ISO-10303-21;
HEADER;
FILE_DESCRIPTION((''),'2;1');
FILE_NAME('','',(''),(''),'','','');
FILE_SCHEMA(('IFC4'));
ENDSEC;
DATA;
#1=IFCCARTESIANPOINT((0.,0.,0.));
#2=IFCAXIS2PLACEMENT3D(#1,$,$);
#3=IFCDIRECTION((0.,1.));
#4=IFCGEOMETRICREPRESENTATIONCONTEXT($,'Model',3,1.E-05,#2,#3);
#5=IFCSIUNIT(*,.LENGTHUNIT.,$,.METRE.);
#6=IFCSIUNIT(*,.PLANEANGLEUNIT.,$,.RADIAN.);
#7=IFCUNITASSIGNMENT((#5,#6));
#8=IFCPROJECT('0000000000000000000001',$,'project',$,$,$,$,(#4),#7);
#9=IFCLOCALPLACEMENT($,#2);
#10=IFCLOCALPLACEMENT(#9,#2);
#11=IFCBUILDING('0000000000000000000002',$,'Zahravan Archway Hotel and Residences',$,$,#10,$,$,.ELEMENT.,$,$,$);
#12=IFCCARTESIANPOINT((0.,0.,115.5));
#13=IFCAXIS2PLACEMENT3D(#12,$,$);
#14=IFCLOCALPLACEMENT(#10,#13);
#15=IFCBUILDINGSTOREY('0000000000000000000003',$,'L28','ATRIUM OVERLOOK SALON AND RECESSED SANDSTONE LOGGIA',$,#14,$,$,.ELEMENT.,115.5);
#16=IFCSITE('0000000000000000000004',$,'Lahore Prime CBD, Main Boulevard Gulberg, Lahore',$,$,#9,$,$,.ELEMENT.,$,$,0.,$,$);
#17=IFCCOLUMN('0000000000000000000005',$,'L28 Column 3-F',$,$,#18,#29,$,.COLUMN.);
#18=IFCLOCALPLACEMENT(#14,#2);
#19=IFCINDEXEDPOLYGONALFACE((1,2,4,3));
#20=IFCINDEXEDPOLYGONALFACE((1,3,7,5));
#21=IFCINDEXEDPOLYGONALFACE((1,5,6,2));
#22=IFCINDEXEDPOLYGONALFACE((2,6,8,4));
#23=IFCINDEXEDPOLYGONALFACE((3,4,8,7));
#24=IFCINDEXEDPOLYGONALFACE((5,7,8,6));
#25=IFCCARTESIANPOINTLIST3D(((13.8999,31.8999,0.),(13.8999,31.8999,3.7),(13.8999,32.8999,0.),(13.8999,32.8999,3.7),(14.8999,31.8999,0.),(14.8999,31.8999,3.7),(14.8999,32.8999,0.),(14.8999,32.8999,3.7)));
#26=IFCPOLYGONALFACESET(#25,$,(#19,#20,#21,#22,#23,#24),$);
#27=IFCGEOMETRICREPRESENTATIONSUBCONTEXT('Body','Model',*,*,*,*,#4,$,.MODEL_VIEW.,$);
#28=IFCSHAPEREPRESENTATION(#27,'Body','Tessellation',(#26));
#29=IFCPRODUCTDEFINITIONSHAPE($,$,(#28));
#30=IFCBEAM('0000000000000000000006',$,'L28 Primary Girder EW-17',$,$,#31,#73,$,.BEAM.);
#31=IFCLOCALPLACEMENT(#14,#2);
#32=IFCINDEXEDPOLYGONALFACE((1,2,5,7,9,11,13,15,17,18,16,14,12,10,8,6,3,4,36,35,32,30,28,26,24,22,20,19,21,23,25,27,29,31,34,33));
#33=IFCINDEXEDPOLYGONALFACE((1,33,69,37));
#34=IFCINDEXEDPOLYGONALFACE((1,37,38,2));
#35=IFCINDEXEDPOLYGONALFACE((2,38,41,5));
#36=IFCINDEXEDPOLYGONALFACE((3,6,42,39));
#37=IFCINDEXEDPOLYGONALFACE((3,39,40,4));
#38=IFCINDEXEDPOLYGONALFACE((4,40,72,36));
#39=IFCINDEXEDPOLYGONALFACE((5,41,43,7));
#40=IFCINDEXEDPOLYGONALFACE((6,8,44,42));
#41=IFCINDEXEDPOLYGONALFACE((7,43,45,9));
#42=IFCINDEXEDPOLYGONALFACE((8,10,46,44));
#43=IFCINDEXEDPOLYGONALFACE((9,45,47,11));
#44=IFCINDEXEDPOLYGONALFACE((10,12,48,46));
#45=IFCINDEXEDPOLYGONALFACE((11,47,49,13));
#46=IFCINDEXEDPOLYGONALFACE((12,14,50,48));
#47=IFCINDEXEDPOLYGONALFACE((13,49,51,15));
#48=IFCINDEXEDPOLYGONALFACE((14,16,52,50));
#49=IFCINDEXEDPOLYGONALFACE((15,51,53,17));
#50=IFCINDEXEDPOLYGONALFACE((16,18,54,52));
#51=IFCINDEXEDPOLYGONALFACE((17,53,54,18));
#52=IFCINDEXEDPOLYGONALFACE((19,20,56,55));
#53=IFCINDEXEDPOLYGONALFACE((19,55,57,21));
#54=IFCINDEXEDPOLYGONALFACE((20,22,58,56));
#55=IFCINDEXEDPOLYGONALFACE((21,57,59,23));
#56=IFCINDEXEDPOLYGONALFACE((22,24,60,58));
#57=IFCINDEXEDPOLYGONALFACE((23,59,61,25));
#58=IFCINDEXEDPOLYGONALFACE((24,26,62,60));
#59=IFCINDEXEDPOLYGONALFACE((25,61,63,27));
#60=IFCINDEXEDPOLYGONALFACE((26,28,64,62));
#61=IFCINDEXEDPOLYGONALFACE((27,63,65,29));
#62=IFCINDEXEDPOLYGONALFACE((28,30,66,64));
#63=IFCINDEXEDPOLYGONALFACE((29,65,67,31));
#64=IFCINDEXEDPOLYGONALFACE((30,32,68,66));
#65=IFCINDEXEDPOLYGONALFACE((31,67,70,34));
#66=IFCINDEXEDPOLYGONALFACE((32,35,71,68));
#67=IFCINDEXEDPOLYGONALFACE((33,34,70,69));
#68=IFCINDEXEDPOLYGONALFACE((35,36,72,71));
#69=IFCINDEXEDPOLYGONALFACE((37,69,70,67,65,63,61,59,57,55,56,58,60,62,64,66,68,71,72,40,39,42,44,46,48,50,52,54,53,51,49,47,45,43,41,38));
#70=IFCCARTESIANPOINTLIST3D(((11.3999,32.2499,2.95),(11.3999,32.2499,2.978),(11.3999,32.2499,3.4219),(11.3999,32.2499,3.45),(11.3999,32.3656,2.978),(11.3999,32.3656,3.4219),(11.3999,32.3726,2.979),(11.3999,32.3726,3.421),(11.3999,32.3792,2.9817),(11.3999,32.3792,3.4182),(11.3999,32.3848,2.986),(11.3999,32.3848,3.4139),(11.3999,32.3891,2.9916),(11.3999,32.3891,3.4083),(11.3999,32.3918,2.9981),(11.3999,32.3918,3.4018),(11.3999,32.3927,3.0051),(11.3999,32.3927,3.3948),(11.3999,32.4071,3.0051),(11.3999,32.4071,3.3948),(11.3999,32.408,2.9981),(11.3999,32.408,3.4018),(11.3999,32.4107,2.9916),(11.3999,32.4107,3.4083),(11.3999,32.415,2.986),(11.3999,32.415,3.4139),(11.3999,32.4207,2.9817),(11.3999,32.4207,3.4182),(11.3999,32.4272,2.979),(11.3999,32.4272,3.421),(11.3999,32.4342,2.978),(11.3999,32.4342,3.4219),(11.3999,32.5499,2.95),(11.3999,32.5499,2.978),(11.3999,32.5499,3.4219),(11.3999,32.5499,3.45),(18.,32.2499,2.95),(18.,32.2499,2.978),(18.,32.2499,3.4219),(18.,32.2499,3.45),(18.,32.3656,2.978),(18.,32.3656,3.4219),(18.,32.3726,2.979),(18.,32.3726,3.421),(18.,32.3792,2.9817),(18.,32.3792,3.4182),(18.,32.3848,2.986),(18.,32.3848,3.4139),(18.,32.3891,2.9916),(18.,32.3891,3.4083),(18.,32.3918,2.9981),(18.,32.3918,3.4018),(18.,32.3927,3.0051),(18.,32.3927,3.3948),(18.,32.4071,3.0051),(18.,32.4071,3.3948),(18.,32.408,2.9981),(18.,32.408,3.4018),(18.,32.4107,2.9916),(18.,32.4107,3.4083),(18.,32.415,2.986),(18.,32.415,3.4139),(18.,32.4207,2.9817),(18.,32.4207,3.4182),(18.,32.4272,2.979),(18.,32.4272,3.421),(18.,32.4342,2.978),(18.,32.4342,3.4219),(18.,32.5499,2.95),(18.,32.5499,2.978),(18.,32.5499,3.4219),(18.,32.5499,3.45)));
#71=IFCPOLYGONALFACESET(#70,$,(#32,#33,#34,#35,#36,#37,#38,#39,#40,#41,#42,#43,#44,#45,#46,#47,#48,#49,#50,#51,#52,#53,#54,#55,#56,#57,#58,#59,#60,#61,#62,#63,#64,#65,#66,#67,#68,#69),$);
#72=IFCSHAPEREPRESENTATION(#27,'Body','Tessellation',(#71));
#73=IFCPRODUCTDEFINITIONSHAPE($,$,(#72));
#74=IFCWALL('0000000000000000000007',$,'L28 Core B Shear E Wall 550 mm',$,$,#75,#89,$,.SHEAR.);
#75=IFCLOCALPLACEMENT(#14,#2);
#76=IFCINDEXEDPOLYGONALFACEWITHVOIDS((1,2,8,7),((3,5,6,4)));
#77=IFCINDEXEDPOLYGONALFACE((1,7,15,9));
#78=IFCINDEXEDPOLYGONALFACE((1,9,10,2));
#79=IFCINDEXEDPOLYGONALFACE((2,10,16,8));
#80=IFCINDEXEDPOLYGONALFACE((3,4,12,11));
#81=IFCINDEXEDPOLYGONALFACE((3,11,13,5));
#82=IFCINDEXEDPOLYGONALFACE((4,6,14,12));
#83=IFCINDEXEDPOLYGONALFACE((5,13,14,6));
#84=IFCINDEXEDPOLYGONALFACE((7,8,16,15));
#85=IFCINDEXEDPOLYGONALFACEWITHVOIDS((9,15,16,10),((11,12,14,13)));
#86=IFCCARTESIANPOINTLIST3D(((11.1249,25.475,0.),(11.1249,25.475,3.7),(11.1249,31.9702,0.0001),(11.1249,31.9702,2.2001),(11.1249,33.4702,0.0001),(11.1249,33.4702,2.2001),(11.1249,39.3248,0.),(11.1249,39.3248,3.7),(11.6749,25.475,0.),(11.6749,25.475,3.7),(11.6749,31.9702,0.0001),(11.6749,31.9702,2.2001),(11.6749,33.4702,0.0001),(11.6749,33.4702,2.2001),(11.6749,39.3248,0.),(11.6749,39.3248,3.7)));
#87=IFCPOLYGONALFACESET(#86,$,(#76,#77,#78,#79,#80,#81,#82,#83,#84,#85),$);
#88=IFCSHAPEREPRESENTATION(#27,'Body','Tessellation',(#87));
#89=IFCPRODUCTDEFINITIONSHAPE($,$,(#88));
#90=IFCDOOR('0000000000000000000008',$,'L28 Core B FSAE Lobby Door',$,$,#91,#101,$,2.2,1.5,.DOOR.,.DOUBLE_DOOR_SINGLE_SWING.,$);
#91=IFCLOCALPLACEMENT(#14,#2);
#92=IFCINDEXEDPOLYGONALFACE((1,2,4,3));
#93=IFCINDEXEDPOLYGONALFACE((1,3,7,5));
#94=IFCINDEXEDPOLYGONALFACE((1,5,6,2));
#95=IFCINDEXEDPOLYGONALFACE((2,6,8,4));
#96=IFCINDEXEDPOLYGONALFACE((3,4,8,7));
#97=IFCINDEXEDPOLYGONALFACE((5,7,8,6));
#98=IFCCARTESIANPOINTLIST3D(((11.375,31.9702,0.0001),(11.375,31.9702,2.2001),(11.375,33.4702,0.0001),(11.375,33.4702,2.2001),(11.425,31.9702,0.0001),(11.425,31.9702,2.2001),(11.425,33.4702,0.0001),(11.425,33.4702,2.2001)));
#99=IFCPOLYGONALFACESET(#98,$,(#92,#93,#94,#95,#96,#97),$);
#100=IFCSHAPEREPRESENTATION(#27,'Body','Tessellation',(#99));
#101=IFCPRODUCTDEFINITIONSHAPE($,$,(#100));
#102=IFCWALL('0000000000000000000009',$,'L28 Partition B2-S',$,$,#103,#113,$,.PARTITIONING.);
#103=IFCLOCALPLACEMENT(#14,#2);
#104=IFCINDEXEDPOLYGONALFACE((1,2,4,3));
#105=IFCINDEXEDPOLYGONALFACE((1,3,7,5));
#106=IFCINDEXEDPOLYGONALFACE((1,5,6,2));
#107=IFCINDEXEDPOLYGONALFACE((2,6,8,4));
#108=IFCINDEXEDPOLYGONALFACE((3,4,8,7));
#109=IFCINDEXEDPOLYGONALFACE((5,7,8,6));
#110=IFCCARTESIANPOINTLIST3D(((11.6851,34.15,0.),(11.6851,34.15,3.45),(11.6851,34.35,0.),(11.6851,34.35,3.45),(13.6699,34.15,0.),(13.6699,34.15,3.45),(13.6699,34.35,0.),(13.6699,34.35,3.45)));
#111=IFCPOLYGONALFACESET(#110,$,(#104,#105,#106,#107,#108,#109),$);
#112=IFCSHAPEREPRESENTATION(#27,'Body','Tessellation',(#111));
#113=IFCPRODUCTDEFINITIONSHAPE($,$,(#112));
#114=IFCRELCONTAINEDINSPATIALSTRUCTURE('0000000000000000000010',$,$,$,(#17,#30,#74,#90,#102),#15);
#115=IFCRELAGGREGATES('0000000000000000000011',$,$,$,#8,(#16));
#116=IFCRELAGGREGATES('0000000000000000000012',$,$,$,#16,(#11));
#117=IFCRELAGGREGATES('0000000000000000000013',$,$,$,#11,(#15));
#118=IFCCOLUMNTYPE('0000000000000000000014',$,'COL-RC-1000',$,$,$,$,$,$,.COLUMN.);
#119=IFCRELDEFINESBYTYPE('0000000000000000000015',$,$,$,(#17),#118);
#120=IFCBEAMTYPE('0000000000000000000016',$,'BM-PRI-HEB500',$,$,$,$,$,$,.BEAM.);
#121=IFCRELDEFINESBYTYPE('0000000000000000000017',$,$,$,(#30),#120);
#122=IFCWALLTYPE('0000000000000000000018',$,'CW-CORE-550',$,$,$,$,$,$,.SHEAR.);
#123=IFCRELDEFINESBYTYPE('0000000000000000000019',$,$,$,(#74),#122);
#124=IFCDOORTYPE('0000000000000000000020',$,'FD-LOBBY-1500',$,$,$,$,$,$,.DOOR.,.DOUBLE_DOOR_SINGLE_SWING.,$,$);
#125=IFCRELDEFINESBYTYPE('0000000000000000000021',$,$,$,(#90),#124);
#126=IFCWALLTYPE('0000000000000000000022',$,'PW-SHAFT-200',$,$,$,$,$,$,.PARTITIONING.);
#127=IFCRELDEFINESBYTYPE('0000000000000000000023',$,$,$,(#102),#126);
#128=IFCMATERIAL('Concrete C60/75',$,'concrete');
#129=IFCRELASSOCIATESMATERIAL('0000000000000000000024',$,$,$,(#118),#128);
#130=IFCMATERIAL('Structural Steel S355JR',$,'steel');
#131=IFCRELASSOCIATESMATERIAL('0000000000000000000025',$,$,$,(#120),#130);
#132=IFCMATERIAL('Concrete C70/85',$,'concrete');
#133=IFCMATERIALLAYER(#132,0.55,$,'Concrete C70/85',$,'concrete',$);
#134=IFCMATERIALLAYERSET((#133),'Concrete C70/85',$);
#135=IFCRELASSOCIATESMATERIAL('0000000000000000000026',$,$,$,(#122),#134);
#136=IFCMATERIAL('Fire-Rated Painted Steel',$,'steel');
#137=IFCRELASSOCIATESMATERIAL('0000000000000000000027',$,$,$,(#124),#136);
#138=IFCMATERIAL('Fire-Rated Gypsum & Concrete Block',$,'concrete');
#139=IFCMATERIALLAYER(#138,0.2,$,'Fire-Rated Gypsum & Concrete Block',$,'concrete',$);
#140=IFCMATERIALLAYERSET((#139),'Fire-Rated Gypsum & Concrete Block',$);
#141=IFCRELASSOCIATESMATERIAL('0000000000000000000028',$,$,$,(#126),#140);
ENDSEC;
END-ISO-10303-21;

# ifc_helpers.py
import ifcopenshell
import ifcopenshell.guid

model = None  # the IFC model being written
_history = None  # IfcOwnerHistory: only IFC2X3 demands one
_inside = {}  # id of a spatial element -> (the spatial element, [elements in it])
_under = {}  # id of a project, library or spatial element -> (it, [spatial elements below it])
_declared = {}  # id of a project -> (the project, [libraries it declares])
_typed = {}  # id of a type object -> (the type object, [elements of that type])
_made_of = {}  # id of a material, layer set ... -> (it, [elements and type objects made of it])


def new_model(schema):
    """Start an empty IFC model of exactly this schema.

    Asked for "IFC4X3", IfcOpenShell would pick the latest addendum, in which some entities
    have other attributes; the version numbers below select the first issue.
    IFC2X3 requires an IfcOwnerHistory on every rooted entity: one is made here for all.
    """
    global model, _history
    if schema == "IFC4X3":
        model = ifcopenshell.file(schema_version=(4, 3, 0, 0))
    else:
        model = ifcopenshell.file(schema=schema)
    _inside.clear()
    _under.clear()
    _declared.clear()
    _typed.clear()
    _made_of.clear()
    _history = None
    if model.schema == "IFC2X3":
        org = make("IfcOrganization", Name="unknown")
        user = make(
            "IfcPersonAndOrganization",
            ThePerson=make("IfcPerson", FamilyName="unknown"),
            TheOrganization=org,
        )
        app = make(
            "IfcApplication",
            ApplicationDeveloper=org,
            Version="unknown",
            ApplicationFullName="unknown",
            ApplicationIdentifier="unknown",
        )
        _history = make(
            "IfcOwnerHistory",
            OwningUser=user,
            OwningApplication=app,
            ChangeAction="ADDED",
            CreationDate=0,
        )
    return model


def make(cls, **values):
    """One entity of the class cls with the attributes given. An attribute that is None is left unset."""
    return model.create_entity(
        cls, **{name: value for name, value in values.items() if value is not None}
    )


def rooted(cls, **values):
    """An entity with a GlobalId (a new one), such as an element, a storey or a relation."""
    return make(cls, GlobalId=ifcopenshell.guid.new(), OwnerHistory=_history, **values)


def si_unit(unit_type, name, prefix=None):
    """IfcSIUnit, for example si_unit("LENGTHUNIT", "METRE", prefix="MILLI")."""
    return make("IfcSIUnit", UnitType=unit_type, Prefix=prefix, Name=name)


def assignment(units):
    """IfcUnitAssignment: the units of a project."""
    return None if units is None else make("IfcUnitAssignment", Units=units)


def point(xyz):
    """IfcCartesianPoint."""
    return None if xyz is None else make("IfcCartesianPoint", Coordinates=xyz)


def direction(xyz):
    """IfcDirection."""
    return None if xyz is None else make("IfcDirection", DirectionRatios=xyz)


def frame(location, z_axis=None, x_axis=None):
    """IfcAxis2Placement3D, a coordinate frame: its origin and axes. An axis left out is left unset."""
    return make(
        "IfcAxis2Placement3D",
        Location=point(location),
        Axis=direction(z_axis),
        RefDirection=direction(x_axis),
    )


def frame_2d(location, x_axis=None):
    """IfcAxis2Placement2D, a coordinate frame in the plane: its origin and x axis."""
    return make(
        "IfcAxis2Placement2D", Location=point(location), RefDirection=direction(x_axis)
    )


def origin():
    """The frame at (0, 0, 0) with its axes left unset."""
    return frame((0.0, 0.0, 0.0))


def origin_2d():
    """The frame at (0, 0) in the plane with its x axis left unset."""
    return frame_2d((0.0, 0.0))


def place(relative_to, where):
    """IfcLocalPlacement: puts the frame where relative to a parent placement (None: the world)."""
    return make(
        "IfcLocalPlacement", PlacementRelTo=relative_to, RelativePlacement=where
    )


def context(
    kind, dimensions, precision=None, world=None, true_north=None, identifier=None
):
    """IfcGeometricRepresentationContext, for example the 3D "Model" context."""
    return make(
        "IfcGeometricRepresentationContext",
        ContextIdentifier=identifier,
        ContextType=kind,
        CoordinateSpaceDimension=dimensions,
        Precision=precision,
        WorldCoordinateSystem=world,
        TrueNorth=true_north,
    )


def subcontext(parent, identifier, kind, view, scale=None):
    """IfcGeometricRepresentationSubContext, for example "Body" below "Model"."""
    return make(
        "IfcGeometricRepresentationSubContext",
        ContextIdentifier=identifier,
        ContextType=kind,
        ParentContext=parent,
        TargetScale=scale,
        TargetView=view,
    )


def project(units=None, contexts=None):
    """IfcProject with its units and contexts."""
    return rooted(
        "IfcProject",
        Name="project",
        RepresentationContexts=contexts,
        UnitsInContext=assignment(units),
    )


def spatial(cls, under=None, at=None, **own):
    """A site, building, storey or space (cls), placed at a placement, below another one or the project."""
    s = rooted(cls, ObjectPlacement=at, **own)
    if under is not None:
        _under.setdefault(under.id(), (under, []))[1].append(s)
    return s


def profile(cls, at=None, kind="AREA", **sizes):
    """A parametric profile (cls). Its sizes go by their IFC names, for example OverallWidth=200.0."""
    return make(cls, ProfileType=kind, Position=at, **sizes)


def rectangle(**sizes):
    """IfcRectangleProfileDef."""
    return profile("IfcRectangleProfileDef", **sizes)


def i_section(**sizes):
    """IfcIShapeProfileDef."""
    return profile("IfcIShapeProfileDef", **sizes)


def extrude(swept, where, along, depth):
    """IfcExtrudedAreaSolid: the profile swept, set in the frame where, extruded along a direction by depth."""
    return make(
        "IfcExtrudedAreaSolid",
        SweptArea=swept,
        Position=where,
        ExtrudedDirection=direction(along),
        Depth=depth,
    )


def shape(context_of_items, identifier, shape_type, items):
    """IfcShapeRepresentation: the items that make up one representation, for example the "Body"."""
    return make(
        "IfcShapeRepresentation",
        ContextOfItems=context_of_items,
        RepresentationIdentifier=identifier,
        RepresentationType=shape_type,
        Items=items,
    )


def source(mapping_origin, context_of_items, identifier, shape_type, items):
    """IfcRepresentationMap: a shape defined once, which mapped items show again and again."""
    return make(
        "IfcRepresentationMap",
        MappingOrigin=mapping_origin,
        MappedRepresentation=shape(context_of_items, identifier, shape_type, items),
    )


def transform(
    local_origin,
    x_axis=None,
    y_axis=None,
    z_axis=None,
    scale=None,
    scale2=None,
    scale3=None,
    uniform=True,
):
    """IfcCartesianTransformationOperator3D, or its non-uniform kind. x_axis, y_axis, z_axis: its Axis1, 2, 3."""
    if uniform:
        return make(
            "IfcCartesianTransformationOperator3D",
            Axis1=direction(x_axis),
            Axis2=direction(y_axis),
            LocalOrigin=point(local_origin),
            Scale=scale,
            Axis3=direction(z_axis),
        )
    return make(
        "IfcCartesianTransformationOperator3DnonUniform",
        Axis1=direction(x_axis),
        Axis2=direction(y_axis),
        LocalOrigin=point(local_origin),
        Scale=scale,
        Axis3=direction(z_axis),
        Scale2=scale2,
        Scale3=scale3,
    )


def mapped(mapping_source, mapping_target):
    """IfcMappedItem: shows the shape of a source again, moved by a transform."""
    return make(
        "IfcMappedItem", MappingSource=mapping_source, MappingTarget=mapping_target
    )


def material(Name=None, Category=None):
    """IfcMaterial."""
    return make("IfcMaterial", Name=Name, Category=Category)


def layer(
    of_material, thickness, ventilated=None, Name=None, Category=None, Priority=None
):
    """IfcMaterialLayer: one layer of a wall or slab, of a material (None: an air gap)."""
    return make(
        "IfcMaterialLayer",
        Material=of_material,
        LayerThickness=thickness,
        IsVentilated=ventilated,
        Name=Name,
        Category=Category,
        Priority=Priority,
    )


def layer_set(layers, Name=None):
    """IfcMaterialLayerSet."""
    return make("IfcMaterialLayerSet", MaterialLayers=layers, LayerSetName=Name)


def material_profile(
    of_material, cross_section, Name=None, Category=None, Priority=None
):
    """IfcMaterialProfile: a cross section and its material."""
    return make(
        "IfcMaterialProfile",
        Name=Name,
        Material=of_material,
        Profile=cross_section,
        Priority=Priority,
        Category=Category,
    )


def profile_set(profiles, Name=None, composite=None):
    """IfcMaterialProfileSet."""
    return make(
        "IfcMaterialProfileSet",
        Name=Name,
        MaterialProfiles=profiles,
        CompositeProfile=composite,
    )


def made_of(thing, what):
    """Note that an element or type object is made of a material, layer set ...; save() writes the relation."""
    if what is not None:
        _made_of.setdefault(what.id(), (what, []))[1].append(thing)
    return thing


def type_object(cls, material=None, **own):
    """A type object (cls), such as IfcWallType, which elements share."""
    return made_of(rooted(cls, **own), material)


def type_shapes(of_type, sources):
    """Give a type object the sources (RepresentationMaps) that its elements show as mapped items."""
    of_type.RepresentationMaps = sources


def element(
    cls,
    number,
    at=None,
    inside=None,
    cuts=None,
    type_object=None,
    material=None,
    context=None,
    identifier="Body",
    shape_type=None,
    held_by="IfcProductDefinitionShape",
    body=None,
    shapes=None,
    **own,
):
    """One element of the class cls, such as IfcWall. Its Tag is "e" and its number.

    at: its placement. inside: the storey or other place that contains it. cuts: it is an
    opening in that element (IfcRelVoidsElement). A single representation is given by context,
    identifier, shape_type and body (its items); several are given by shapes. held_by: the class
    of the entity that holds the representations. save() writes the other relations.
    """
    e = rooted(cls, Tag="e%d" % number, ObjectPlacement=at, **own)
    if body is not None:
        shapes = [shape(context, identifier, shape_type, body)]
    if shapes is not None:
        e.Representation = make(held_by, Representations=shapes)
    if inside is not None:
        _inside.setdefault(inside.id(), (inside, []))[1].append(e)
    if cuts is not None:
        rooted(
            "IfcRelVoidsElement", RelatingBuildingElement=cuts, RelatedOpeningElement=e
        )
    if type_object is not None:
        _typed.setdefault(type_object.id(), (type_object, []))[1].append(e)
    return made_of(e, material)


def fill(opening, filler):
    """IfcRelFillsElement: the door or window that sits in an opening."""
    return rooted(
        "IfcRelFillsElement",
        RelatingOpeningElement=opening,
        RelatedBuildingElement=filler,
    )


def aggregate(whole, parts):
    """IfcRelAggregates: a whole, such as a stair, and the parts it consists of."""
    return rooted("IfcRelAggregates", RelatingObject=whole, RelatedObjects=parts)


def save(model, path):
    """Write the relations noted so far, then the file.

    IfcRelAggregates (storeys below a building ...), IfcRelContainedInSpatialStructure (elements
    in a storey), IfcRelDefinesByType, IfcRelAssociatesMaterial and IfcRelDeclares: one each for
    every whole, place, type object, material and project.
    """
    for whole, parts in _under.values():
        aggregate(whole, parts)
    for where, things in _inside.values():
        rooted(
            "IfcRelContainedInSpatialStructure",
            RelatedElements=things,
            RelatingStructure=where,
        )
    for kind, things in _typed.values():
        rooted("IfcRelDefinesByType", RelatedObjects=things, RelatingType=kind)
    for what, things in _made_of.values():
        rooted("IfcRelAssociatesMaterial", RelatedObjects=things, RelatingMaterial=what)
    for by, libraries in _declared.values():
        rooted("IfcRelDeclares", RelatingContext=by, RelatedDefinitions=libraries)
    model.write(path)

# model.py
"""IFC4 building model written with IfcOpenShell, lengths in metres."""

from ifc_helpers import new_model, si_unit, direction, frame, frame_2d, origin, origin_2d, place, context, subcontext, project, spatial, rectangle, i_section, extrude, source, transform, mapped, material, layer, layer_set, material_profile, profile_set, type_object, type_shapes, element, fill, save


model = new_model("IFC4")

# Units and contexts
model_context = context("Model", 3, precision=1e-05, world=origin(), true_north=direction((0.0, 1.0)))
body_context = subcontext(model_context, "Body", "Model", "MODEL_VIEW")
ifc_project = project(units=[si_unit("LENGTHUNIT", "METRE"), si_unit("PLANEANGLEUNIT", "RADIAN")], contexts=[model_context])

# Site, building, storey
site_placement = place(None, origin())
site = spatial("IfcSite", under=ifc_project, at=site_placement, Name="Lahore Prime CBD, Main Boulevard Gulberg, Lahore", CompositionType="ELEMENT", RefElevation=0.0)
building_placement = place(site_placement, origin())
building = spatial("IfcBuilding", under=site, at=building_placement, Name="Zahravan Archway Hotel and Residences", CompositionType="ELEMENT")
storey_placement = place(building_placement, frame((0.0, 0.0, 115.5)))
storey = spatial("IfcBuildingStorey", under=building, at=storey_placement, Name="L28", Description="ATRIUM OVERLOOK SALON AND RECESSED SANDSTONE LOGGIA", CompositionType="ELEMENT", Elevation=115.5)

# Column
ifc_material_1 = material(Name="Concrete C60/75", Category="concrete")
ifc_material_profile_1 = material_profile(ifc_material_1, rectangle(XDim=1.0, YDim=1.0, at=origin_2d()), Name="RC-COL-1000x1000", Category="concrete")
ifc_profile_set_1 = profile_set([ifc_material_profile_1], Name="Concrete C60/75")
column_type = type_object("IfcColumnType", Name="COL-RC-1000", PredefinedType="COLUMN", material=ifc_profile_set_1)
shared_shape_1 = source(origin(), body_context, "Body", "SweptSolid", [
    extrude(rectangle(XDim=1.0, YDim=1.0, at=origin_2d()), origin(), (0.0, 0.0, 1.0), 3.7),
])
type_shapes(column_type, [shared_shape_1])
column_placement = place(storey_placement, frame((14.3999, 32.3999, 0.0), z_axis=(0.0, 0.0, 1.0), x_axis=(1.0, 0.0, 0.0)))
element("IfcColumn", 1, at=column_placement, inside=storey, type_object=column_type, Name="L28 Column 3-F", PredefinedType="COLUMN", context=body_context, shape_type="MappedRepresentation", body=[
    mapped(shared_shape_1, transform((0.0, 0.0, 0.0), scale=1.0)),
])

# Beam
ifc_material_2 = material(Name="Structural Steel S355JR", Category="steel")
ifc_material_profile_2 = material_profile(ifc_material_2, i_section(OverallWidth=0.3, OverallDepth=0.5, WebThickness=0.0144, FlangeThickness=0.0281, FilletRadius=0.0271, at=origin_2d()), Name="HEB 500", Category="steel")
ifc_profile_set_2 = profile_set([ifc_material_profile_2], Name="Structural Steel S355JR")
beam_type = type_object("IfcBeamType", Name="BM-PRI-HEB500", PredefinedType="BEAM", material=ifc_profile_set_2)
shared_shape_2 = source(origin(), body_context, "Body", "SweptSolid", [
    extrude(i_section(OverallWidth=0.3, OverallDepth=0.5, WebThickness=0.0144, FlangeThickness=0.0281, FilletRadius=0.0271, at=origin_2d()), origin(), (0.0, 0.0, 1.0), 6.6001),
])
beam_placement = place(storey_placement, frame((11.3999, 32.3999, 3.2), z_axis=(1.0, 0.0, 0.0), x_axis=(0.0, 1.0, 0.0)))
element("IfcBeam", 2, at=beam_placement, inside=storey, type_object=beam_type, Name="L28 Primary Girder EW-17", PredefinedType="BEAM", context=body_context, shape_type="MappedRepresentation", body=[
    mapped(shared_shape_2, transform((0.0, 0.0, 0.0), scale=1.0)),
])

# Wall, opening, door
ifc_material_3 = material(Name="Concrete C70/85", Category="concrete")
ifc_layer_1 = layer(ifc_material_3, 0.55, Name="Concrete C70/85", Category="concrete")
ifc_layer_set_1 = layer_set([ifc_layer_1], Name="Concrete C70/85")
wall_type_1 = type_object("IfcWallType", Name="CW-CORE-550", PredefinedType="SHEAR", material=ifc_layer_set_1)
wall_1_placement = place(storey_placement, frame((11.3999, 25.4751, 0.0), z_axis=(0.0, 0.0, 1.0), x_axis=(0.0, 1.0, 0.0)))
wall_1 = element("IfcWall", 3, at=wall_1_placement, inside=storey, type_object=wall_type_1, Name="L28 Core B Shear E Wall 550 mm", PredefinedType="SHEAR", context=body_context, shape_type="SweptSolid", body=[
    extrude(rectangle(XDim=13.8499, YDim=0.55, at=frame_2d((6.9248, 0.0))), origin(), (0.0, 0.0, 1.0), 3.7),
])
opening_1_placement = place(wall_1_placement, frame((6.4951, 0.0, 0.0)))
opening_1 = element("IfcOpeningElement", 4, at=opening_1_placement, cuts=wall_1, PredefinedType="OPENING", context=body_context, shape_type="SweptSolid", body=[
    extrude(rectangle(XDim=1.5, YDim=2.2, at=frame_2d((0.75, 1.1001))), frame((0.0, 0.2852, 0.0), z_axis=(0.0, -1.0, 0.0), x_axis=(1.0, 0.0, 0.0)), (0.0, 0.0, 1.0), 0.5701),
])
ifc_material_4 = material(Name="Fire-Rated Painted Steel", Category="steel")
door_type_1 = type_object("IfcDoorType", Name="FD-LOBBY-1500", OperationType="DOUBLE_DOOR_SINGLE_SWING", PredefinedType="DOOR", material=ifc_material_4)
shared_shape_3 = source(origin(), body_context, "Body", "SweptSolid", [
    extrude(rectangle(XDim=1.5, YDim=2.2, at=frame_2d((0.75, 1.1001))), frame((0.0, 0.0249, 0.0), z_axis=(0.0, -1.0, 0.0), x_axis=(1.0, 0.0, 0.0)), (0.0, 0.0, 1.0), 0.05),
])
type_shapes(door_type_1, [shared_shape_3])
door_1_placement = place(opening_1_placement, origin())
door_1 = element("IfcDoor", 5, at=door_1_placement, inside=storey, type_object=door_type_1, Name="L28 Core B FSAE Lobby Door", OperationType="DOUBLE_DOOR_SINGLE_SWING", OverallHeight=2.2, OverallWidth=1.5, PredefinedType="DOOR", context=body_context, shape_type="MappedRepresentation", body=[
    mapped(shared_shape_3, transform((0.0, 0.0, 0.0), scale=1.0)),
])
fill(opening_1, door_1)

# Wall
ifc_material_5 = material(Name="Fire-Rated Gypsum & Concrete Block", Category="concrete")
ifc_layer_2 = layer(ifc_material_5, 0.2, Name="Fire-Rated Gypsum & Concrete Block", Category="concrete")
ifc_layer_set_2 = layer_set([ifc_layer_2], Name="Fire-Rated Gypsum & Concrete Block")
wall_type_2 = type_object("IfcWallType", Name="PW-SHAFT-200", PredefinedType="PARTITIONING", material=ifc_layer_set_2)
wall_2_placement = place(storey_placement, frame((11.6851, 34.25, 0.0), z_axis=(0.0, 0.0, 1.0), x_axis=(1.0, 0.0, 0.0)))
element("IfcWall", 6, at=wall_2_placement, inside=storey, type_object=wall_type_2, Name="L28 Partition B2-S", PredefinedType="PARTITIONING", context=body_context, shape_type="SweptSolid", body=[
    extrude(rectangle(XDim=1.9849, YDim=0.2, at=frame_2d((0.9924, 0.0))), origin(), (0.0, 0.0, 1.0), 3.45),
])

save(model, "model.ifc")
